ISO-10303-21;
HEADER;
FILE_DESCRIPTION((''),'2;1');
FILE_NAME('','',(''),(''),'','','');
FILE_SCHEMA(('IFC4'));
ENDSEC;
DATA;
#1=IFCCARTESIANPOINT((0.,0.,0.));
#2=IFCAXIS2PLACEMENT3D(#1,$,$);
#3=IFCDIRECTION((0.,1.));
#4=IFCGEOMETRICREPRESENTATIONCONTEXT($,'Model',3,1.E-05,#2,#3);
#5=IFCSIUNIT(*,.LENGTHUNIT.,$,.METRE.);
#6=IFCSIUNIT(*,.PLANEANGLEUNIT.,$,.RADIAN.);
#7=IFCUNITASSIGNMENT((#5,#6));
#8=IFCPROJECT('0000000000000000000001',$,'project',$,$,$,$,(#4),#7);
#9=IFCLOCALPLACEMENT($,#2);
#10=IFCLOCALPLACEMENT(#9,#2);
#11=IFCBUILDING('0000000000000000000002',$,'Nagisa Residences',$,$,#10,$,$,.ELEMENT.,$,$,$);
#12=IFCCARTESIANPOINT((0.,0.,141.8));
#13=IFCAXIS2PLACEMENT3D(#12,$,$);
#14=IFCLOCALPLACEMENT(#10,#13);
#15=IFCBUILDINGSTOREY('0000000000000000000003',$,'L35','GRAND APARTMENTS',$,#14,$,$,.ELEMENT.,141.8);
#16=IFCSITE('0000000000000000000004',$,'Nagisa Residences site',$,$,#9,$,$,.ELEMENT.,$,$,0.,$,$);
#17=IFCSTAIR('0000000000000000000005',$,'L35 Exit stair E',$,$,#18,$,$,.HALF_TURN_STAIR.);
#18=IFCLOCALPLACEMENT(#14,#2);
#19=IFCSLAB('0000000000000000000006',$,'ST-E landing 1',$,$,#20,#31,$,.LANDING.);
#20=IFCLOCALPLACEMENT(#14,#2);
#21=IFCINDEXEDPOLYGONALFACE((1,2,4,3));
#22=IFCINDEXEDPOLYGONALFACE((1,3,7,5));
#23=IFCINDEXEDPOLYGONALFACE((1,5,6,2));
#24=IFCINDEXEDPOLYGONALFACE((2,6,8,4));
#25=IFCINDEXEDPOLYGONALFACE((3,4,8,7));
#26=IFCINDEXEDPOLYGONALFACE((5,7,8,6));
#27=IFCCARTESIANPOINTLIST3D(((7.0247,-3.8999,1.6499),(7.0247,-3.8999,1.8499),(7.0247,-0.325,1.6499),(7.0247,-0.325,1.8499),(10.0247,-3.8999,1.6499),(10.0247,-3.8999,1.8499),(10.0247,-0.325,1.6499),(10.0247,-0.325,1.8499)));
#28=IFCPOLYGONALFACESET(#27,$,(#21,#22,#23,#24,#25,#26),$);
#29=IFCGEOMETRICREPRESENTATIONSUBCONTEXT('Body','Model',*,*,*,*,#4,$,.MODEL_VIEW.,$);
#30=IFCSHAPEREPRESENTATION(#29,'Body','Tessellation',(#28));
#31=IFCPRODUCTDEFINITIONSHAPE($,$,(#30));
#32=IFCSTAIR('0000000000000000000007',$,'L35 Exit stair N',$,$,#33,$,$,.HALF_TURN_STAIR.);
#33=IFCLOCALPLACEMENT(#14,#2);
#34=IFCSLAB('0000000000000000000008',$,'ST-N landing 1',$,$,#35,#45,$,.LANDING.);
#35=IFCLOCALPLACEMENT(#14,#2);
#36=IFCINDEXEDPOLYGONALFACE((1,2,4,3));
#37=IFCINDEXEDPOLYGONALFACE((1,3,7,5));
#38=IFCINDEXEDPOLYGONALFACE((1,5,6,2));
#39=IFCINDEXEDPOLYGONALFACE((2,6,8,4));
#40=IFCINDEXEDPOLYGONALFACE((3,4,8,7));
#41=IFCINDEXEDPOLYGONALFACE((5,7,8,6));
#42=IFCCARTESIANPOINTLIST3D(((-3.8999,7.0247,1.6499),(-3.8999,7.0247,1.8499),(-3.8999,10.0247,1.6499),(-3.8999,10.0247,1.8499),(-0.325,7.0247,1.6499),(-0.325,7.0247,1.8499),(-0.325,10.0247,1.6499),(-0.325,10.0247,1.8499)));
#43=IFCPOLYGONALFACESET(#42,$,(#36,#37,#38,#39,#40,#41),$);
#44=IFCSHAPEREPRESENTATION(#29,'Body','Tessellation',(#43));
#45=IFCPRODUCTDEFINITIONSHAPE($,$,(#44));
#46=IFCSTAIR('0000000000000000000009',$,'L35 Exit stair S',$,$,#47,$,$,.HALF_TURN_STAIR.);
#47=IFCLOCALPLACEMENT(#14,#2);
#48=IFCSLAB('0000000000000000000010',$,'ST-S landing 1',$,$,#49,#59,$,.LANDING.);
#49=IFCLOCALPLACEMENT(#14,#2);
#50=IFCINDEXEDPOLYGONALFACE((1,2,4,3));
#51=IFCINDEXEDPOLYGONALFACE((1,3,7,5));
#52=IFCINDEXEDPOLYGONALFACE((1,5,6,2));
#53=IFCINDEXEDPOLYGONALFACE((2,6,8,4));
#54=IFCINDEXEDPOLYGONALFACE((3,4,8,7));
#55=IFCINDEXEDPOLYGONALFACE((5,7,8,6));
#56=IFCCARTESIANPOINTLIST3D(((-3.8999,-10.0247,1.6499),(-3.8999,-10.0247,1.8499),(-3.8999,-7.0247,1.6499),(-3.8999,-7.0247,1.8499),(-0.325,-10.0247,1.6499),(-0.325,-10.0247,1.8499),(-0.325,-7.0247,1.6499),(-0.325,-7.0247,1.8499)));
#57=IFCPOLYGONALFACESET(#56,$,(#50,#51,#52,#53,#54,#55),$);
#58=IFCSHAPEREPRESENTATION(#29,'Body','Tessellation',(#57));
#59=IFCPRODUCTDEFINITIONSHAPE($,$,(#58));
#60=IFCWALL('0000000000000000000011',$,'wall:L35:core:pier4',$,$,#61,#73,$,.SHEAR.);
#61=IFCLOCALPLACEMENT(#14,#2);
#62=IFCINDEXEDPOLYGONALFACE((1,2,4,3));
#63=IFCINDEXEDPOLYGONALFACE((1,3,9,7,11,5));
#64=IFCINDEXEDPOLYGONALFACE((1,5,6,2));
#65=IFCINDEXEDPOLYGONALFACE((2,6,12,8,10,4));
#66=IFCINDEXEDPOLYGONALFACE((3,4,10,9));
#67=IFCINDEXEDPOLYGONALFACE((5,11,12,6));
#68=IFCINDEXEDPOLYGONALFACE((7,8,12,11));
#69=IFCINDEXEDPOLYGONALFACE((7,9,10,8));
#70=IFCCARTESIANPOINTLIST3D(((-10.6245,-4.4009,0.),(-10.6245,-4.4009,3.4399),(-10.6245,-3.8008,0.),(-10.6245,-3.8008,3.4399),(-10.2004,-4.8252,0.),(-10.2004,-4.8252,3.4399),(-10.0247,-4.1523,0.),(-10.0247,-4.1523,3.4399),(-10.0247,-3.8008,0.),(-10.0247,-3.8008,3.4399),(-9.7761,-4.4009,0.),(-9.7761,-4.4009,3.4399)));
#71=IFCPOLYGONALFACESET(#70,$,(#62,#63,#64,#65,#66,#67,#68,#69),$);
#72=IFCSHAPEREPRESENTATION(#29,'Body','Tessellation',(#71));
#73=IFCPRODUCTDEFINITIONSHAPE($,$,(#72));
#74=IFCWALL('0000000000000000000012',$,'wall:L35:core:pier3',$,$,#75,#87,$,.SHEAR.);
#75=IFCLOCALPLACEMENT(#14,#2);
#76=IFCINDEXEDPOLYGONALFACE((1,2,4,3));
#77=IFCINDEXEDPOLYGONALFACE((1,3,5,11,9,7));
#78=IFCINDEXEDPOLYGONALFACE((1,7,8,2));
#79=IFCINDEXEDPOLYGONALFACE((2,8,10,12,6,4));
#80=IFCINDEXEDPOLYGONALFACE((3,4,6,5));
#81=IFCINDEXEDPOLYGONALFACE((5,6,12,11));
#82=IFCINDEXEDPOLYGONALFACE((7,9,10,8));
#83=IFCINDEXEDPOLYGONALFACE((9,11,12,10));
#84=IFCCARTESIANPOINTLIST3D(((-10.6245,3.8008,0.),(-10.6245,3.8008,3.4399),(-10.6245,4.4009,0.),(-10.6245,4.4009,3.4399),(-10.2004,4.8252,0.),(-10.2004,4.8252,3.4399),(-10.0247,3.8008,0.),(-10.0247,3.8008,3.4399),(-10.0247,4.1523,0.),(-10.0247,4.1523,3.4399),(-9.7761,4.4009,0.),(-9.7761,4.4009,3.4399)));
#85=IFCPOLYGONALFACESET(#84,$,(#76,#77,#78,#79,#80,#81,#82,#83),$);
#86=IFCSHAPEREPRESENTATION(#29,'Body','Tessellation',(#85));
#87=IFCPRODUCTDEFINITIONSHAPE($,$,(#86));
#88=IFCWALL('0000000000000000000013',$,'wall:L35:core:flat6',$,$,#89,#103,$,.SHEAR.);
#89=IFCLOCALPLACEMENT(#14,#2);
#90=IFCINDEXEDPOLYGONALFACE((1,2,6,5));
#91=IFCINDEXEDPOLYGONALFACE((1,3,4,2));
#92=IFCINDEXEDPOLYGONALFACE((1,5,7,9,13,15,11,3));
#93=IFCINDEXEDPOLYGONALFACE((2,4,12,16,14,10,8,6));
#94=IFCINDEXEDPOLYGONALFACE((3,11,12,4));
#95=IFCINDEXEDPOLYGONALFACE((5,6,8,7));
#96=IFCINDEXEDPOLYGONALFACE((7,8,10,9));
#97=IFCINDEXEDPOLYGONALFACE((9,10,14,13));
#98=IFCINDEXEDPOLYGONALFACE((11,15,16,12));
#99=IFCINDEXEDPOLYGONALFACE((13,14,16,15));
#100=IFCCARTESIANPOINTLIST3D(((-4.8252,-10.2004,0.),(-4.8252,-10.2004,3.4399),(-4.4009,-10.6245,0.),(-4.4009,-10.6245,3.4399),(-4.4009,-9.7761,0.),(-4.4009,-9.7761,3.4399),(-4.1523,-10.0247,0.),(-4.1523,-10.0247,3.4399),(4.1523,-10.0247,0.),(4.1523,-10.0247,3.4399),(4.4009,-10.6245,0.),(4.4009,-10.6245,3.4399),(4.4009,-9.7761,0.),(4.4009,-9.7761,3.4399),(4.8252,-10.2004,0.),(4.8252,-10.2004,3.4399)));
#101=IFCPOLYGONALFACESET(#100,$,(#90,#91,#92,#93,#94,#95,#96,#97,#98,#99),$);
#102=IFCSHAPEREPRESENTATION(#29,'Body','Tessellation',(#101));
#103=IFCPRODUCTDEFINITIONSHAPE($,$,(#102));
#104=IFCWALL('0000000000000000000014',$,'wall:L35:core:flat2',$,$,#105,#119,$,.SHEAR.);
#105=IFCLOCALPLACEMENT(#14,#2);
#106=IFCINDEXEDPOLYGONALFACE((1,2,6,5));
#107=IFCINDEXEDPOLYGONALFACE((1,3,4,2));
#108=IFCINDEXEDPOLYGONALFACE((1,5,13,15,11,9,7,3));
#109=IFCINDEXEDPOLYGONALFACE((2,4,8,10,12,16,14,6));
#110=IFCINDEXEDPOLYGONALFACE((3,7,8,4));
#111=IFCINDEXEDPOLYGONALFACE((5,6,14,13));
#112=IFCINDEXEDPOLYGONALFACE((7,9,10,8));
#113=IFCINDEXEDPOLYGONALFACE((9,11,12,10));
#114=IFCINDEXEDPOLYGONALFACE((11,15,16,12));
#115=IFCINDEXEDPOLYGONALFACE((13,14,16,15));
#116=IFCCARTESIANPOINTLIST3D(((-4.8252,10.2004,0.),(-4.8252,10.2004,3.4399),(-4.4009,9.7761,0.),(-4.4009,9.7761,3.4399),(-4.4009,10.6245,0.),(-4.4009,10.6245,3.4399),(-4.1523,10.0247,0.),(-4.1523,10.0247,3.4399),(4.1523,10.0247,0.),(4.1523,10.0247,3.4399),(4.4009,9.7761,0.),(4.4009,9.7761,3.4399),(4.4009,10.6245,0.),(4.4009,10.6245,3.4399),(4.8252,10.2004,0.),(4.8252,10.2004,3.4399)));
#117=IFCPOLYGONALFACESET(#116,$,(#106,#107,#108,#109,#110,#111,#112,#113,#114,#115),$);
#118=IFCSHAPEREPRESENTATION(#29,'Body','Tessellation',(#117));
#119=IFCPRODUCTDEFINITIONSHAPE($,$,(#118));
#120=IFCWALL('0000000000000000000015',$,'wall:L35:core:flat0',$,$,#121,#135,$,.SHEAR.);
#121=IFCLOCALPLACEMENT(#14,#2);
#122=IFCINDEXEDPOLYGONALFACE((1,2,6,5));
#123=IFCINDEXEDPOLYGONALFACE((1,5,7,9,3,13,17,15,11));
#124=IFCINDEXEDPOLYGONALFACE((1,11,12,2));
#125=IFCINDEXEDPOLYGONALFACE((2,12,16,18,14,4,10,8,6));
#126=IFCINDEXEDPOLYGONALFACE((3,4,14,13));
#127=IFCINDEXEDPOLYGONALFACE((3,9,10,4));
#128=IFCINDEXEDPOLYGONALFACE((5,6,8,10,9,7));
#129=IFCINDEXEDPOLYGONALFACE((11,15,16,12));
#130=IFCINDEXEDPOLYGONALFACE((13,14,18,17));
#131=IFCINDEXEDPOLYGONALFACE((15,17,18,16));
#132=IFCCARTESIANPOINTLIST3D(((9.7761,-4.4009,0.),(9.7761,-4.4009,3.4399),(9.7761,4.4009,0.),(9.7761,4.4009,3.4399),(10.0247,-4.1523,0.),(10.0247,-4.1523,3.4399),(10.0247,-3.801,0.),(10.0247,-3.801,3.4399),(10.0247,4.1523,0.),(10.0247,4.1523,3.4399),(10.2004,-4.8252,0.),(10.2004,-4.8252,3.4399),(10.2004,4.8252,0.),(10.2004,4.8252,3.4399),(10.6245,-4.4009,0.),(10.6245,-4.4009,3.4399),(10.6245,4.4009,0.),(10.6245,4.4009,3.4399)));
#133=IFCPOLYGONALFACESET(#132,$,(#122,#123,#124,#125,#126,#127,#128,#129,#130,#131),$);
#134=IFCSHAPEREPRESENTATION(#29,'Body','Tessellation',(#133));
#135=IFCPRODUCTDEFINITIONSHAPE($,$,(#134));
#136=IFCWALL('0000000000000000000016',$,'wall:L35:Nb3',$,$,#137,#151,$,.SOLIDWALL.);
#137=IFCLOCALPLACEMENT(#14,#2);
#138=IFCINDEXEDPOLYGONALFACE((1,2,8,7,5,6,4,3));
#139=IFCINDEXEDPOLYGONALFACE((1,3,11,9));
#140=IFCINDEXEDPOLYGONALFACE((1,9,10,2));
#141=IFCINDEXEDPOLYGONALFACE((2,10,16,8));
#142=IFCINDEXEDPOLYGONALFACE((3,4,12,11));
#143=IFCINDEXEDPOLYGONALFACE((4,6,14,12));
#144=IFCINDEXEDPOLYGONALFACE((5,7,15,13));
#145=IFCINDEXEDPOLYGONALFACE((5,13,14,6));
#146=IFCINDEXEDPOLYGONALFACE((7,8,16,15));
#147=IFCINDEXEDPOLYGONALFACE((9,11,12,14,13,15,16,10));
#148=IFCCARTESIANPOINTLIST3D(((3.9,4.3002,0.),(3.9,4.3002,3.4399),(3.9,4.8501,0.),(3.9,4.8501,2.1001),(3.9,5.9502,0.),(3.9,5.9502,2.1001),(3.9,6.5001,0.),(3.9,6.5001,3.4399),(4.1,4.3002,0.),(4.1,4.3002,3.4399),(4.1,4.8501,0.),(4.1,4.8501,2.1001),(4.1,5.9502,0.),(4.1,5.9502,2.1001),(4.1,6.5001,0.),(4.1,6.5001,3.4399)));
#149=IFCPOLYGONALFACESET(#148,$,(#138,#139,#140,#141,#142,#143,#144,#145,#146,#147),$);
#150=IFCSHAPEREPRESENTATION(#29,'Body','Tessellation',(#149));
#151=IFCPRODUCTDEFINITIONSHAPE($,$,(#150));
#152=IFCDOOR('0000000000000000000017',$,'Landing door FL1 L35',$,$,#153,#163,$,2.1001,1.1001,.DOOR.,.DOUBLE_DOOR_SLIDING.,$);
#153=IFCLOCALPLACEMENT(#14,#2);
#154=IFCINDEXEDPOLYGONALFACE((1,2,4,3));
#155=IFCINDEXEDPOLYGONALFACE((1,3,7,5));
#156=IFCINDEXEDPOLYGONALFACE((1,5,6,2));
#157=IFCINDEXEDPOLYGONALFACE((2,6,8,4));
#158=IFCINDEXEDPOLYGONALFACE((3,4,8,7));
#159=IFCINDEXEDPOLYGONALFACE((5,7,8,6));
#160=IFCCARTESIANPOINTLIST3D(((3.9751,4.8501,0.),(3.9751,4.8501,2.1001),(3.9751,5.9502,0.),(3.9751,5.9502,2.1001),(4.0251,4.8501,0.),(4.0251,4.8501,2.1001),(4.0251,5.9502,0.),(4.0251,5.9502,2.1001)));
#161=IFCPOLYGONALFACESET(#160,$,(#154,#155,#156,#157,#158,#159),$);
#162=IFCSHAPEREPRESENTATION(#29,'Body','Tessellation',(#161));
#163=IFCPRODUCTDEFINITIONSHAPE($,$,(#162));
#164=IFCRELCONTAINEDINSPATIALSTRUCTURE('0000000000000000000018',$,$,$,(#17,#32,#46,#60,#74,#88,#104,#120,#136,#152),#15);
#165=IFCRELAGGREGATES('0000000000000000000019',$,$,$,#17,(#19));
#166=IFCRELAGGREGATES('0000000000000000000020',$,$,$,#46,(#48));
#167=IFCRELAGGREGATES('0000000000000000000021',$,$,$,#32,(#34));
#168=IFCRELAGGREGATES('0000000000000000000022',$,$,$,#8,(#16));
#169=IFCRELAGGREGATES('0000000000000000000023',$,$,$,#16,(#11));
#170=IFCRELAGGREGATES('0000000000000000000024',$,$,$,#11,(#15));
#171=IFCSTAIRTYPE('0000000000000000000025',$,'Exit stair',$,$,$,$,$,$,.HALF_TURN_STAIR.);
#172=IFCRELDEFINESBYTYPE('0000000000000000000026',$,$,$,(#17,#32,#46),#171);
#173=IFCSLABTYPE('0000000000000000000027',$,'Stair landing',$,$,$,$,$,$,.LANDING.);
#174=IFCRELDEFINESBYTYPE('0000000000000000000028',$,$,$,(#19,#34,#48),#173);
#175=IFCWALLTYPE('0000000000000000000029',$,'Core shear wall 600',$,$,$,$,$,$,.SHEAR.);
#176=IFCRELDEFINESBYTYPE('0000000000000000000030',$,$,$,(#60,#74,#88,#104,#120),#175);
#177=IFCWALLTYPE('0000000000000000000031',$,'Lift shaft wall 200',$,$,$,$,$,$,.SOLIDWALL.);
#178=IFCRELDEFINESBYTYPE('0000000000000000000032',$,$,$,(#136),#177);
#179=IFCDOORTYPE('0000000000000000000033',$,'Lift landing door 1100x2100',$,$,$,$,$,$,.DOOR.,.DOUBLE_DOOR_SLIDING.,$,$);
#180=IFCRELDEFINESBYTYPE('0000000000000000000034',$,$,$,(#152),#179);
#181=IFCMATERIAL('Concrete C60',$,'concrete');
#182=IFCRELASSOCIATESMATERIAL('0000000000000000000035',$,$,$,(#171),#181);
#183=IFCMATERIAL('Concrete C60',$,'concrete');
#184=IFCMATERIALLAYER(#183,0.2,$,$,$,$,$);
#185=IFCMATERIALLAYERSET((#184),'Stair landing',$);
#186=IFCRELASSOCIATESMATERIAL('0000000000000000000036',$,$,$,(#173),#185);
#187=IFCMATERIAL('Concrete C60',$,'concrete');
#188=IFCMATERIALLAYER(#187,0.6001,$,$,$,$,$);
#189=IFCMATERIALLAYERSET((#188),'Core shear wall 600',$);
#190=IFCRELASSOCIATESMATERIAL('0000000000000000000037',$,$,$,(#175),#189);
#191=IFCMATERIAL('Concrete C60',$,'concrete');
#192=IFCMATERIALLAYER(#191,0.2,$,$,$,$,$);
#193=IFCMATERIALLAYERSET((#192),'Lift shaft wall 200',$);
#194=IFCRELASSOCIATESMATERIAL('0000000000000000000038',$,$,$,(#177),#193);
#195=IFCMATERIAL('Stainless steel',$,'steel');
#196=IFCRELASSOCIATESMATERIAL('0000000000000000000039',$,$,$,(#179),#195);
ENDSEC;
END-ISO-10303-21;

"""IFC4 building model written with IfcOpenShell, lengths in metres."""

from ifc_helpers import new_model, si_unit, direction, frame, frame_2d, origin, place, context, subcontext, project, spatial, polyline, rectangle, outline, extrude, material, layer, layer_set, type_object, element, fill, aggregate, save


model = new_model("IFC4")

# Units and contexts
model_context = context("Model", 3, precision=1e-05, world=origin(), true_north=direction((0.0, 1.0)))
body_context = subcontext(model_context, "Body", "Model", "MODEL_VIEW")
ifc_project = project(units=[si_unit("LENGTHUNIT", "METRE"), si_unit("PLANEANGLEUNIT", "RADIAN")], contexts=[model_context])

# Site, building, storey
site_placement = place(None, origin())
site = spatial("IfcSite", under=ifc_project, at=site_placement, Name="Nagisa Residences site", CompositionType="ELEMENT", RefElevation=0.0)
building_placement = place(site_placement, origin())
building = spatial("IfcBuilding", under=site, at=building_placement, Name="Nagisa Residences", CompositionType="ELEMENT")
storey_placement = place(building_placement, frame((0.0, 0.0, 141.8)))
storey = spatial("IfcBuildingStorey", under=building, at=storey_placement, Name="L35", Description="GRAND APARTMENTS", CompositionType="ELEMENT", Elevation=141.8)

# Stairs, slabs
ifc_material_1 = material(Name="Concrete C60", Category="concrete")
stair_type = type_object("IfcStairType", Name="Exit stair", PredefinedType="HALF_TURN_STAIR", material=ifc_material_1)
stair_1_placement = place(storey_placement, origin())
stair_1 = element("IfcStair", 1, at=stair_1_placement, inside=storey, type_object=stair_type, Name="L35 Exit stair E", PredefinedType="HALF_TURN_STAIR")
ifc_material_2 = material(Name="Concrete C60", Category="concrete")
ifc_layer_1 = layer(ifc_material_2, 0.2)
ifc_layer_set_1 = layer_set([ifc_layer_1], Name="Stair landing")
slab_type = type_object("IfcSlabType", Name="Stair landing", PredefinedType="LANDING", material=ifc_layer_set_1)
slab_1_placement = place(storey_placement, frame((0.0, 0.0, 1.6499)))
slab_1 = element("IfcSlab", 2, at=slab_1_placement, type_object=slab_type, Name="ST-E landing 1", PredefinedType="LANDING", context=body_context, shape_type="SweptSolid", body=[
    extrude(outline(polyline([(7.0247, -0.325), (7.0247, -3.8999), (10.0247, -3.8999), (10.0247, -0.325), (7.0247, -0.325)])), origin(), (0.0, 0.0, 1.0), 0.2),
])
aggregate(stair_1, [slab_1])
stair_2_placement = place(storey_placement, origin())
stair_2 = element("IfcStair", 3, at=stair_2_placement, inside=storey, type_object=stair_type, Name="L35 Exit stair N", PredefinedType="HALF_TURN_STAIR")
slab_2_placement = place(storey_placement, frame((0.0, 0.0, 1.6499)))
slab_2 = element("IfcSlab", 4, at=slab_2_placement, type_object=slab_type, Name="ST-N landing 1", PredefinedType="LANDING", context=body_context, shape_type="SweptSolid", body=[
    extrude(outline(polyline([(-0.325, 10.0247), (-3.8999, 10.0247), (-3.8999, 7.0247), (-0.325, 7.0247), (-0.325, 10.0247)])), origin(), (0.0, 0.0, 1.0), 0.2),
])
stair_3_placement = place(storey_placement, origin())
stair_3 = element("IfcStair", 5, at=stair_3_placement, inside=storey, type_object=stair_type, Name="L35 Exit stair S", PredefinedType="HALF_TURN_STAIR")
slab_3_placement = place(storey_placement, frame((0.0, 0.0, 1.6499)))
slab_3 = element("IfcSlab", 6, at=slab_3_placement, type_object=slab_type, Name="ST-S landing 1", PredefinedType="LANDING", context=body_context, shape_type="SweptSolid", body=[
    extrude(outline(polyline([(-0.325, -7.0247), (-3.8999, -7.0247), (-3.8999, -10.0247), (-0.325, -10.0247), (-0.325, -7.0247)])), origin(), (0.0, 0.0, 1.0), 0.2),
])
aggregate(stair_3, [slab_3])

# Walls
ifc_material_3 = material(Name="Concrete C60", Category="concrete")
ifc_layer_2 = layer(ifc_material_3, 0.6001)
ifc_layer_set_2 = layer_set([ifc_layer_2], Name="Core shear wall 600")
wall_type_1 = type_object("IfcWallType", Name="Core shear wall 600", PredefinedType="SHEAR", material=ifc_layer_set_2)
wall_1_placement = place(storey_placement, origin())
element("IfcWall", 7, at=wall_1_placement, inside=storey, type_object=wall_type_1, Name="wall:L35:core:pier4", PredefinedType="SHEAR", context=body_context, shape_type="SweptSolid", body=[
    extrude(outline(polyline([(-10.6245, -3.8008), (-10.0247, -3.8008), (-10.0247, -4.1523), (-9.7761, -4.4009), (-10.2004, -4.8252), (-10.6245, -4.4009), (-10.6245, -3.8008)])), origin(), (0.0, 0.0, 1.0), 3.4399),
])
wall_2_placement = place(storey_placement, origin())
element("IfcWall", 8, at=wall_2_placement, inside=storey, type_object=wall_type_1, Name="wall:L35:core:pier3", PredefinedType="SHEAR", context=body_context, shape_type="SweptSolid", body=[
    extrude(outline(polyline([(-10.2004, 4.8252), (-9.7761, 4.4009), (-10.0247, 4.1523), (-10.0247, 3.8008), (-10.6245, 3.8008), (-10.6245, 4.4009), (-10.2004, 4.8252)])), origin(), (0.0, 0.0, 1.0), 3.4399),
])
wall_3_placement = place(storey_placement, origin())
element("IfcWall", 9, at=wall_3_placement, inside=storey, type_object=wall_type_1, Name="wall:L35:core:flat6", PredefinedType="SHEAR", context=body_context, shape_type="SweptSolid", body=[
    extrude(outline(polyline([(-4.1523, -10.0247), (4.1523, -10.0247), (4.4009, -9.7761), (4.8252, -10.2004), (4.4009, -10.6245), (-4.4009, -10.6245), (-4.8252, -10.2004), (-4.4009, -9.7761), (-4.1523, -10.0247)])), origin(), (0.0, 0.0, 1.0), 3.4399),
])
wall_4_placement = place(storey_placement, origin())
element("IfcWall", 10, at=wall_4_placement, inside=storey, type_object=wall_type_1, Name="wall:L35:core:flat2", PredefinedType="SHEAR", context=body_context, shape_type="SweptSolid", body=[
    extrude(outline(polyline([(-4.1523, 10.0247), (-4.4009, 9.7761), (-4.8252, 10.2004), (-4.4009, 10.6245), (4.4009, 10.6245), (4.8252, 10.2004), (4.4009, 9.7761), (4.1523, 10.0247), (-4.1523, 10.0247)])), origin(), (0.0, 0.0, 1.0), 3.4399),
])
wall_5_placement = place(storey_placement, origin())
element("IfcWall", 11, at=wall_5_placement, inside=storey, type_object=wall_type_1, Name="wall:L35:core:flat0", PredefinedType="SHEAR", context=body_context, shape_type="SweptSolid", body=[
    extrude(outline(polyline([(9.7761, -4.4009), (10.0247, -4.1523), (10.0247, -3.801), (10.0247, 4.1523), (9.7761, 4.4009), (10.2004, 4.8252), (10.6245, 4.4009), (10.6245, -4.4009), (10.2004, -4.8252), (9.7761, -4.4009)])), origin(), (0.0, 0.0, 1.0), 3.4399),
])

# Wall, opening, door
ifc_material_4 = material(Name="Concrete C60", Category="concrete")
ifc_layer_3 = layer(ifc_material_4, 0.2)
ifc_layer_set_3 = layer_set([ifc_layer_3], Name="Lift shaft wall 200")
wall_type_2 = type_object("IfcWallType", Name="Lift shaft wall 200", PredefinedType="SOLIDWALL", material=ifc_layer_set_3)
wall_6_placement = place(storey_placement, frame((4.0, 4.3, 0.0), z_axis=(0.0, 0.0, 1.0), x_axis=(0.0, 1.0, 0.0)))
wall_6 = element("IfcWall", 12, at=wall_6_placement, inside=storey, type_object=wall_type_2, Name="wall:L35:Nb3", PredefinedType="SOLIDWALL", context=body_context, shape_type="SweptSolid", body=[
    extrude(rectangle(XDim=2.2, YDim=0.2, at=frame_2d((1.1001, 0.0))), origin(), (0.0, 0.0, 1.0), 3.4399),
])
opening_1_placement = place(wall_6_placement, frame((0.55, 0.0, 0.0)))
opening_1 = element("IfcOpeningElement", 13, at=opening_1_placement, cuts=wall_6, PredefinedType="OPENING", context=body_context, shape_type="SweptSolid", body=[
    extrude(rectangle(XDim=1.1001, YDim=2.1001, at=frame_2d((0.55, 1.05))), frame((0.0, 0.1099, 0.0), z_axis=(0.0, -1.0, 0.0), x_axis=(1.0, 0.0, 0.0)), (0.0, 0.0, 1.0), 0.22),
])
ifc_material_5 = material(Name="Stainless steel", Category="steel")
door_type_1 = type_object("IfcDoorType", Name="Lift landing door 1100x2100", OperationType="DOUBLE_DOOR_SLIDING", PredefinedType="DOOR", material=ifc_material_5)
door_1_placement = place(opening_1_placement, origin())
door_1 = element("IfcDoor", 14, at=door_1_placement, inside=storey, type_object=door_type_1, Name="Landing door FL1 L35", OperationType="DOUBLE_DOOR_SLIDING", OverallHeight=2.1001, OverallWidth=1.1001, PredefinedType="DOOR", context=body_context, shape_type="SweptSolid", body=[
    extrude(rectangle(XDim=1.1001, YDim=2.1001, at=frame_2d((0.55, 1.05))), frame((0.0, 0.0249, 0.0), z_axis=(0.0, -1.0, 0.0), x_axis=(1.0, 0.0, 0.0)), (0.0, 0.0, 1.0), 0.05),
])
fill(opening_1, door_1)

aggregate(stair_2, [slab_2])

save(model, "model.ifc")
